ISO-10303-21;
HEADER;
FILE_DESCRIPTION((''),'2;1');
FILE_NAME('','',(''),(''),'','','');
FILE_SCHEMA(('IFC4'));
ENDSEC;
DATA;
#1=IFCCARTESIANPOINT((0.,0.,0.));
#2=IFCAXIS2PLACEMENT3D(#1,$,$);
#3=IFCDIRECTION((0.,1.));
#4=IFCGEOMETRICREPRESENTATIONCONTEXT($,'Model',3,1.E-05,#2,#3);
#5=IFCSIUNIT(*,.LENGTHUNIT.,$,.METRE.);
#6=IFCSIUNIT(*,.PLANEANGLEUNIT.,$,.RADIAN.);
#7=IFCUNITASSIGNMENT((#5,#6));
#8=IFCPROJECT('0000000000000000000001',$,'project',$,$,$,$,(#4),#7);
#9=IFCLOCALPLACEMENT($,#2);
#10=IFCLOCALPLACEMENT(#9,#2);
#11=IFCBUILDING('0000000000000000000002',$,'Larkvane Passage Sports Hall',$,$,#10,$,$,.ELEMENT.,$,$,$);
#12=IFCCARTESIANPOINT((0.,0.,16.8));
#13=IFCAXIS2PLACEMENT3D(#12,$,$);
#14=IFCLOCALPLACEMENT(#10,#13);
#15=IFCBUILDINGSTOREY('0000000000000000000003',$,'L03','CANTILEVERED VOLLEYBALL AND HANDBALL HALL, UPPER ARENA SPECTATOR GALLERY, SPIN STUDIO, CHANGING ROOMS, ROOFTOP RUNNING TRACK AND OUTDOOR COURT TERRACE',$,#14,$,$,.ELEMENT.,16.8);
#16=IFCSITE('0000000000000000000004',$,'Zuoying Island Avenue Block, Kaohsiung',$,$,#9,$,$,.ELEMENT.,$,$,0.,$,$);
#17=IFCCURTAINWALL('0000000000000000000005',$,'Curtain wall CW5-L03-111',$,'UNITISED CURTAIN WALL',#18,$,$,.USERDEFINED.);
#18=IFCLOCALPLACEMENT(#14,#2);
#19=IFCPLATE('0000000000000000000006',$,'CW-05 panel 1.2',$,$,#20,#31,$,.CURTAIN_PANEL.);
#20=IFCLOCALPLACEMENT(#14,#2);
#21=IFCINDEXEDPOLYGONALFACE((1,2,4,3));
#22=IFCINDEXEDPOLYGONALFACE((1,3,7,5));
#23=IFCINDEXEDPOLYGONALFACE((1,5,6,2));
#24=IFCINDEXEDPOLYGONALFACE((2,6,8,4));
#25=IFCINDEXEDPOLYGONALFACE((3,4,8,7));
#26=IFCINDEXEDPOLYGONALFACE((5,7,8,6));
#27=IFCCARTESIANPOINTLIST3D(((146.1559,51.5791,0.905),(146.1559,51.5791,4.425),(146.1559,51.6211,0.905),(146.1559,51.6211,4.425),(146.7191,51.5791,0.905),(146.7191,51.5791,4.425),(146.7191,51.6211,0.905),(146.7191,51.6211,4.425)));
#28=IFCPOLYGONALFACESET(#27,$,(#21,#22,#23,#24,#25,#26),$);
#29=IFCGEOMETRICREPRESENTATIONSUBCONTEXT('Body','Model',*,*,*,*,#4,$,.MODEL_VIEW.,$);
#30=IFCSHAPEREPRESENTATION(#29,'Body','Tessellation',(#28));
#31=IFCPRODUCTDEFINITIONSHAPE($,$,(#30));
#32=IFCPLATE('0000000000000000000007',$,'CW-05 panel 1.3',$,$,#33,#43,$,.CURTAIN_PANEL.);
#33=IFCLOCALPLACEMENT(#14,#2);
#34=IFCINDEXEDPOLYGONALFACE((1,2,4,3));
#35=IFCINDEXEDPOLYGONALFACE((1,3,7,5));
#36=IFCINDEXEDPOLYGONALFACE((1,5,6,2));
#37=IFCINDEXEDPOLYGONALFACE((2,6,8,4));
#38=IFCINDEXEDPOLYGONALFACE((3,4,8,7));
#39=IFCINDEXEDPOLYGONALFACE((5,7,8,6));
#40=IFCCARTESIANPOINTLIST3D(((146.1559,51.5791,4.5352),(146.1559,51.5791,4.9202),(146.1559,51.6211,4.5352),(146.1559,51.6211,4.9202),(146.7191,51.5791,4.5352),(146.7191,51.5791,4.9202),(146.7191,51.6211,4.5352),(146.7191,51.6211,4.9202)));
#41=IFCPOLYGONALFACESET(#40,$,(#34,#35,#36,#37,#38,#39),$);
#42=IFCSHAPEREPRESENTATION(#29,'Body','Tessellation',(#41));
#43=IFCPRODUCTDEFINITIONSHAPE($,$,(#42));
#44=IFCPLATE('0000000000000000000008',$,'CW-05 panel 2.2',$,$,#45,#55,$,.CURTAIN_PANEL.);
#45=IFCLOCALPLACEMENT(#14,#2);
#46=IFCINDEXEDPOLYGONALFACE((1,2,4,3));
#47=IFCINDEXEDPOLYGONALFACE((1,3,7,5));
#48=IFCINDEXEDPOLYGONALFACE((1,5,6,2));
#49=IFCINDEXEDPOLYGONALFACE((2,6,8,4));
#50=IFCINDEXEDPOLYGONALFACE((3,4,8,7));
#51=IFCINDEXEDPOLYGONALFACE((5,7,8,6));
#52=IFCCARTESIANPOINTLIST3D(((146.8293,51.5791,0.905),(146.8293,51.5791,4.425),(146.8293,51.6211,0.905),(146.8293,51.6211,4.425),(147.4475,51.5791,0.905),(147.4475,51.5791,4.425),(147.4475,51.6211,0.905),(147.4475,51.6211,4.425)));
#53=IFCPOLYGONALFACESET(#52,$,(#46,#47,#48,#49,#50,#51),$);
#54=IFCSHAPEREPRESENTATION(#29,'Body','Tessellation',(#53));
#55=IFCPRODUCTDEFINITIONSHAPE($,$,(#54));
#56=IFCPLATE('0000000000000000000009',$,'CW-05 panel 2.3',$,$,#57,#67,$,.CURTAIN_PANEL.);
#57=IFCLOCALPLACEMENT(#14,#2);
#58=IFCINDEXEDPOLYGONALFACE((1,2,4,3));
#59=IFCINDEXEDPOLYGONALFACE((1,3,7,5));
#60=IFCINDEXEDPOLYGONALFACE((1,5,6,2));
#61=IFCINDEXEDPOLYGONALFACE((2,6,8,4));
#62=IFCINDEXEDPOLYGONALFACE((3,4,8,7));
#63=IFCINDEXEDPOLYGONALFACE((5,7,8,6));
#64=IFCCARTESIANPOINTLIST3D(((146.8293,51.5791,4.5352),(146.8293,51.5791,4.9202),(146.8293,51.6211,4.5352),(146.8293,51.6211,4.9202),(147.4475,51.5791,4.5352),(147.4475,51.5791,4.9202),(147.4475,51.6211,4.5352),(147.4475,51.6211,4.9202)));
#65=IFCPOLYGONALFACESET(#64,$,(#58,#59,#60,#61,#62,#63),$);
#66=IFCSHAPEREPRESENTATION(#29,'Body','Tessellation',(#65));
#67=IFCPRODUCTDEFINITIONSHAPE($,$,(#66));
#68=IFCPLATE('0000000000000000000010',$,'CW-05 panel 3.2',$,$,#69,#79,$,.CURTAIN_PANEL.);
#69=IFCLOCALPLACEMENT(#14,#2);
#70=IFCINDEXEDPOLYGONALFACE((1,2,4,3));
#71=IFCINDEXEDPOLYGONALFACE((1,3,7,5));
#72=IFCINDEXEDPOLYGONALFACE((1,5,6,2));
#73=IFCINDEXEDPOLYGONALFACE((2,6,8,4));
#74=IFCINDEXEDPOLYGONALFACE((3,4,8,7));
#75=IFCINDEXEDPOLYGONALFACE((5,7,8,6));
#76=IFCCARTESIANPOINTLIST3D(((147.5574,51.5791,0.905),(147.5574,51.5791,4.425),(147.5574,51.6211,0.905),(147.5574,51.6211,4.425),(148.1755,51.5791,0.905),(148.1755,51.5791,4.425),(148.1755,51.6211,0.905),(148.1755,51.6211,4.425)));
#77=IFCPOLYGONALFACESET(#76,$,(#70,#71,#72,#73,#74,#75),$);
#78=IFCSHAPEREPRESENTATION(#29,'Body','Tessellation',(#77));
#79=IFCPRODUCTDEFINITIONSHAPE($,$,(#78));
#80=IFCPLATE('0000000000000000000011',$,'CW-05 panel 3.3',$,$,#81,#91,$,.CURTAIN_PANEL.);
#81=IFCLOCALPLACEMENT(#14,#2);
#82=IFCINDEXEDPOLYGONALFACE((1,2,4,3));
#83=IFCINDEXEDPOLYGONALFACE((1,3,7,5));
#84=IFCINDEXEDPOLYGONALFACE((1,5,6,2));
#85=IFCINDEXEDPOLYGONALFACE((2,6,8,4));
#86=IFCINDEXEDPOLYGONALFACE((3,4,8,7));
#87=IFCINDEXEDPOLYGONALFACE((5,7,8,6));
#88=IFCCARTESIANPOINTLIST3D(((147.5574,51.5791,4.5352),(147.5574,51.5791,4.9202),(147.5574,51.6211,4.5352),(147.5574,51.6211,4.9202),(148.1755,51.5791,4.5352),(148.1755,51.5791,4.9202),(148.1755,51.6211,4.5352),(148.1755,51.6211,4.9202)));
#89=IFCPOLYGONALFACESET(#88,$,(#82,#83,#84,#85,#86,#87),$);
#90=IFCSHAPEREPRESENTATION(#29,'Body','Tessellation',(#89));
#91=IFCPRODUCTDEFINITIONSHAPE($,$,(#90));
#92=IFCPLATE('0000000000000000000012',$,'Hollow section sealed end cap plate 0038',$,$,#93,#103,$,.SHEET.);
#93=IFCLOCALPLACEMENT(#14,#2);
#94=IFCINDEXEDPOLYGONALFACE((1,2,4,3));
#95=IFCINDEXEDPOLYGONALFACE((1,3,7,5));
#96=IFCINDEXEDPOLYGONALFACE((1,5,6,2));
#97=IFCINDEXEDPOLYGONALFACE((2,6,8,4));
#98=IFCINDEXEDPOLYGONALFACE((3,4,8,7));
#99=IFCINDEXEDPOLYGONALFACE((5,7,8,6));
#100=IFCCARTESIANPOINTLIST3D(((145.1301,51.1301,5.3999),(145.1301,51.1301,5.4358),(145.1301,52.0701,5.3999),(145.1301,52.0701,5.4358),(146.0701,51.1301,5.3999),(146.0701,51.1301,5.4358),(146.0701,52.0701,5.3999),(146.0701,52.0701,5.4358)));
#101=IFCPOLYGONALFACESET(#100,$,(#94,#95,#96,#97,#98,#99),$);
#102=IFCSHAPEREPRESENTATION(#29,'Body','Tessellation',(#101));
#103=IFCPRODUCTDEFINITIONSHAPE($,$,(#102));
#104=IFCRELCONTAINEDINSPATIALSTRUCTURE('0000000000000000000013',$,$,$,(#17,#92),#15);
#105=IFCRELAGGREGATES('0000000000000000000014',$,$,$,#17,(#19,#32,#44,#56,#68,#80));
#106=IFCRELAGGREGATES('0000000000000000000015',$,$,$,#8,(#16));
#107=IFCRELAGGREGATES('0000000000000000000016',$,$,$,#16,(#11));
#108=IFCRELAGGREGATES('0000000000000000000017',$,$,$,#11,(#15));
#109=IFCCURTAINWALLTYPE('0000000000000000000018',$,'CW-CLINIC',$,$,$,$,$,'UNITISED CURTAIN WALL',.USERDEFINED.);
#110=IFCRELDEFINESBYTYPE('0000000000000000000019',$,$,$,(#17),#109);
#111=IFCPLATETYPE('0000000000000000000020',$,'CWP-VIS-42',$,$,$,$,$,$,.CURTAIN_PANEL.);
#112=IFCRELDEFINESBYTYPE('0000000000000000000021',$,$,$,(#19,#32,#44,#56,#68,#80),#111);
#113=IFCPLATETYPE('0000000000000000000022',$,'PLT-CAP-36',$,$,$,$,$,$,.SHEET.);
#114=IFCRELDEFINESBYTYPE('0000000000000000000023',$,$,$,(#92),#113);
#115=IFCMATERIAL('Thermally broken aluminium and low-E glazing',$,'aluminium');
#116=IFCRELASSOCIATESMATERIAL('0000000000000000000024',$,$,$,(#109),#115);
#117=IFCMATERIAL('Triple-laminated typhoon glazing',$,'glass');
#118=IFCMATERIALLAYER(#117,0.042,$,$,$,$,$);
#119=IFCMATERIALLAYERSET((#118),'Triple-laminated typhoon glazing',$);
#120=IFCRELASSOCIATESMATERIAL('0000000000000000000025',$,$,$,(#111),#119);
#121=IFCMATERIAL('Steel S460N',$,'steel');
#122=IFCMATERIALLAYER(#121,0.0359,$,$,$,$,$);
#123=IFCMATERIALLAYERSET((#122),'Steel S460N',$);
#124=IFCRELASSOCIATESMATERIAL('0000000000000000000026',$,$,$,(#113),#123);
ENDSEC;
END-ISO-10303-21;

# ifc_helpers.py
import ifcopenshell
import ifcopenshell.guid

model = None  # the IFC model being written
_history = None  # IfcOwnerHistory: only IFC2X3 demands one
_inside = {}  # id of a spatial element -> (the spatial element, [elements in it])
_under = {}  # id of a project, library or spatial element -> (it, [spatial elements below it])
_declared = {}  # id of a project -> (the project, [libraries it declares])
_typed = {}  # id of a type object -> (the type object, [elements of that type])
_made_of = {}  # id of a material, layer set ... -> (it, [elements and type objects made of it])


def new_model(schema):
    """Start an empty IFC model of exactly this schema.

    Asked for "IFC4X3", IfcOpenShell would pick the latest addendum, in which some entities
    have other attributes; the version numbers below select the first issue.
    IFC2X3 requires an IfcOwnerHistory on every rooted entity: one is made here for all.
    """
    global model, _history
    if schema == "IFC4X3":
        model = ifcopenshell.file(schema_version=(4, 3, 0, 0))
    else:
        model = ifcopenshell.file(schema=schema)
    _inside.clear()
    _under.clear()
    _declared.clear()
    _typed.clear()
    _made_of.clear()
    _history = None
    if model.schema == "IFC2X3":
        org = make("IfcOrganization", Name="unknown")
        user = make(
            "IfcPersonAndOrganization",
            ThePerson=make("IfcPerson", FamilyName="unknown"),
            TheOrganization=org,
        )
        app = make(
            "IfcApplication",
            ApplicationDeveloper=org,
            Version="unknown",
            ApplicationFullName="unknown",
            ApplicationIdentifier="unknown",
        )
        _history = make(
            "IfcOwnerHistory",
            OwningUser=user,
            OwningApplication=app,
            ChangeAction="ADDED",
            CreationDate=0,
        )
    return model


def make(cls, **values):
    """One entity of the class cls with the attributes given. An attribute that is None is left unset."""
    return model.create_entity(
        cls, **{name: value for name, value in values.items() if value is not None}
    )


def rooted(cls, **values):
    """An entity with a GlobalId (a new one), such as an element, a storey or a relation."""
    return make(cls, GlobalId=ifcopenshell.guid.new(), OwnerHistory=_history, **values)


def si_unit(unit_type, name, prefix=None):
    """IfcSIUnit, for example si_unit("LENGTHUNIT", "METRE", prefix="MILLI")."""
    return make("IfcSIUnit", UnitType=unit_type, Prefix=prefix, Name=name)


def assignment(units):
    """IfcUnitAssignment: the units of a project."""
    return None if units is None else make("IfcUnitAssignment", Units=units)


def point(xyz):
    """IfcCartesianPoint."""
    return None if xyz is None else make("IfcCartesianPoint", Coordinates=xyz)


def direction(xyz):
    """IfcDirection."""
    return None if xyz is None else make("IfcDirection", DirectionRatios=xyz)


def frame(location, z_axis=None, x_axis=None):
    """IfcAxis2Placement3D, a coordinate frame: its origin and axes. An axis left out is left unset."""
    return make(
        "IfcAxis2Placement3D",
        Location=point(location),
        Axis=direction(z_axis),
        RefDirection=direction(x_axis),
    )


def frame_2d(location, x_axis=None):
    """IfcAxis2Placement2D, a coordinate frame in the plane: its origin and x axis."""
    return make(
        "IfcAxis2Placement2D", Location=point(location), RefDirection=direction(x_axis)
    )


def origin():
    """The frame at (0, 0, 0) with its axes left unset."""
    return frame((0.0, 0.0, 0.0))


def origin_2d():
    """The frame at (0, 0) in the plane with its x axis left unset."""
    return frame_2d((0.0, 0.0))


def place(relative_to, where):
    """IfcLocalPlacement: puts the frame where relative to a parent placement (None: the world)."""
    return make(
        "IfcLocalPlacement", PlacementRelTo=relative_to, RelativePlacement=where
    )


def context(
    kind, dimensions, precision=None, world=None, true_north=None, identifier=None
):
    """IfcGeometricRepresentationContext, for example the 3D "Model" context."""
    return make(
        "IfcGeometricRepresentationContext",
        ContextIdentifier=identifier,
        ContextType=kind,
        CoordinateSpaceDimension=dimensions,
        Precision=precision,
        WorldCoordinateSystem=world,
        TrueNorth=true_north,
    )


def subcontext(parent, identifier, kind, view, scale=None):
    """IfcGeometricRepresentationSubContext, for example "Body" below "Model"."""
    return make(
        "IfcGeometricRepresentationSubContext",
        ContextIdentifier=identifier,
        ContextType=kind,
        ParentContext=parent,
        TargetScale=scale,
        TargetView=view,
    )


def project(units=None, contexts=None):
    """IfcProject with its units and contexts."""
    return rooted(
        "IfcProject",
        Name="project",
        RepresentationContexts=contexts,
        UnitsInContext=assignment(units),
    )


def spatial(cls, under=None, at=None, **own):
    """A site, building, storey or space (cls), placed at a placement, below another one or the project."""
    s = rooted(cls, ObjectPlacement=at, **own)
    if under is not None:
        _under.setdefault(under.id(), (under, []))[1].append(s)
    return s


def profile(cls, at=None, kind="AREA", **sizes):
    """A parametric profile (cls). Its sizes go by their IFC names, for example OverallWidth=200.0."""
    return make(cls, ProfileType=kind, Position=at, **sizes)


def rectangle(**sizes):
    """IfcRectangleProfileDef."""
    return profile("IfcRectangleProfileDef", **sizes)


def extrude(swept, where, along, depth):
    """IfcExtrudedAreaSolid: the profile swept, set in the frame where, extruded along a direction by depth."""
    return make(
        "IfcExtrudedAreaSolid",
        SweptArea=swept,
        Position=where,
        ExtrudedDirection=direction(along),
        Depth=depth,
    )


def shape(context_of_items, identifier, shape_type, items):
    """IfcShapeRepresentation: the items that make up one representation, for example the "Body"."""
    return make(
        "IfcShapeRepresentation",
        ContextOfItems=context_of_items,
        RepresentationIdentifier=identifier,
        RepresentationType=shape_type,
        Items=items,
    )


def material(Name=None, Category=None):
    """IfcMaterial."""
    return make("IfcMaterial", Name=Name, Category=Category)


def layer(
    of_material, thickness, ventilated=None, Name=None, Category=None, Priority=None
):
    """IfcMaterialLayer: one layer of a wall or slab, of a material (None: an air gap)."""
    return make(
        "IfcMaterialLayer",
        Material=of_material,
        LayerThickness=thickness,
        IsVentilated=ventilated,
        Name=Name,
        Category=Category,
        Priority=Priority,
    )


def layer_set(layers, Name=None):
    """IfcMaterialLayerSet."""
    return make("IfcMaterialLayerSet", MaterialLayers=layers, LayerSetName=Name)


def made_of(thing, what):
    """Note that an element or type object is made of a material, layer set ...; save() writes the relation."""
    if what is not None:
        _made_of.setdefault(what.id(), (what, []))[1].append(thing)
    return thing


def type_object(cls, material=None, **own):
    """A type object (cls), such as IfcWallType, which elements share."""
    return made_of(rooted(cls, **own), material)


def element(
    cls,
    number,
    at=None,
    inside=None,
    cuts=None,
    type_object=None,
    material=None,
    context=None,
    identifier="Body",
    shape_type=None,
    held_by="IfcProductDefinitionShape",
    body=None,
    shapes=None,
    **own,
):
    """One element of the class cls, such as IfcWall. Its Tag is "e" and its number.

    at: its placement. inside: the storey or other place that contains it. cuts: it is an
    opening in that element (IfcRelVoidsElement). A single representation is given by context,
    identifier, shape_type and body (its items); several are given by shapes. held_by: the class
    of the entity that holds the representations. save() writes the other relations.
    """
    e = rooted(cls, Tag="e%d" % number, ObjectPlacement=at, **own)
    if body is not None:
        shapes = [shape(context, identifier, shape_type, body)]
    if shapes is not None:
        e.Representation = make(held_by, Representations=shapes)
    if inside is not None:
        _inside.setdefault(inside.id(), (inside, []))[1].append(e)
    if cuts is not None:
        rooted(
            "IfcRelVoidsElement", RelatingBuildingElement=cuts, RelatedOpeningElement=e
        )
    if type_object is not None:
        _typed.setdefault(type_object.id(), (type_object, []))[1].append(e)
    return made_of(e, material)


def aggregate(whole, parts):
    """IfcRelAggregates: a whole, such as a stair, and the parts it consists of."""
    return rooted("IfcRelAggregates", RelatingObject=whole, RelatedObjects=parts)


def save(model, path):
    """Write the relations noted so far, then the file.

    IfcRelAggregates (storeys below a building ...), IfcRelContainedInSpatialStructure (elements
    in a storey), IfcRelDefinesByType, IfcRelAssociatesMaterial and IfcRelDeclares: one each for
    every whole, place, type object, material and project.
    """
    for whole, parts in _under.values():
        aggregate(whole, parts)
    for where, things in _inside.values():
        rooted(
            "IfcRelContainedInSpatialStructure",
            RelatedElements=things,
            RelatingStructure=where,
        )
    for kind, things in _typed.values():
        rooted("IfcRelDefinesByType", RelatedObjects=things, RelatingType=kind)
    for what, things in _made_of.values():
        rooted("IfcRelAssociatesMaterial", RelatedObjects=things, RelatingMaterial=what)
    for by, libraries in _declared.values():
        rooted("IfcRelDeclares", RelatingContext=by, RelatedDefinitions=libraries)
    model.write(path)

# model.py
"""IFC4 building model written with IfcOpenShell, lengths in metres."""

from ifc_helpers import new_model, si_unit, direction, frame, origin, origin_2d, place, context, subcontext, project, spatial, rectangle, extrude, material, layer, layer_set, type_object, element, aggregate, save


model = new_model("IFC4")

# Units and contexts
model_context = context("Model", 3, precision=1e-05, world=origin(), true_north=direction((0.0, 1.0)))
body_context = subcontext(model_context, "Body", "Model", "MODEL_VIEW")
ifc_project = project(units=[si_unit("LENGTHUNIT", "METRE"), si_unit("PLANEANGLEUNIT", "RADIAN")], contexts=[model_context])

# Site, building, storey
site_placement = place(None, origin())
site = spatial("IfcSite", under=ifc_project, at=site_placement, Name="Zuoying Island Avenue Block, Kaohsiung", CompositionType="ELEMENT", RefElevation=0.0)
building_placement = place(site_placement, origin())
building = spatial("IfcBuilding", under=site, at=building_placement, Name="Larkvane Passage Sports Hall", CompositionType="ELEMENT")
storey_placement = place(building_placement, frame((0.0, 0.0, 16.8)))
storey = spatial("IfcBuildingStorey", under=building, at=storey_placement, Name="L03", Description="CANTILEVERED VOLLEYBALL AND HANDBALL HALL, UPPER ARENA SPECTATOR GALLERY, SPIN STUDIO, CHANGING ROOMS, ROOFTOP RUNNING TRACK AND OUTDOOR COURT TERRACE", CompositionType="ELEMENT", Elevation=16.8)

# Shared definitions
ifc_material_1 = material(Name="Steel S460N", Category="steel")

# Curtain wall, plates
ifc_material_2 = material(Name="Thermally broken aluminium and low-E glazing", Category="aluminium")
curtain_wall_type = type_object("IfcCurtainWallType", Name="CW-CLINIC", ElementType="UNITISED CURTAIN WALL", PredefinedType="USERDEFINED", material=ifc_material_2)
curtain_wall_placement = place(storey_placement, origin())
curtain_wall = element("IfcCurtainWall", 1, at=curtain_wall_placement, inside=storey, type_object=curtain_wall_type, Name="Curtain wall CW5-L03-111", ObjectType="UNITISED CURTAIN WALL", PredefinedType="USERDEFINED")
ifc_material_3 = material(Name="Triple-laminated typhoon glazing", Category="glass")
ifc_layer_1 = layer(ifc_material_3, 0.042)
ifc_layer_set_1 = layer_set([ifc_layer_1], Name="Triple-laminated typhoon glazing")
plate_type_1 = type_object("IfcPlateType", Name="CWP-VIS-42", PredefinedType="CURTAIN_PANEL", material=ifc_layer_set_1)
plate_1_placement = place(storey_placement, frame((146.4375, 51.6001, 0.905), z_axis=(0.0, 0.0, 1.0), x_axis=(1.0, 0.0, 0.0)))
plate_1 = element("IfcPlate", 2, at=plate_1_placement, type_object=plate_type_1, Name="CW-05 panel 1.2", PredefinedType="CURTAIN_PANEL", context=body_context, shape_type="SweptSolid", body=[
    extrude(rectangle(XDim=0.5632, YDim=0.042, at=origin_2d()), origin(), (0.0, 0.0, 1.0), 3.52),
])
plate_2_placement = place(storey_placement, frame((146.4375, 51.6001, 4.5352), z_axis=(0.0, 0.0, 1.0), x_axis=(1.0, 0.0, 0.0)))
plate_2 = element("IfcPlate", 3, at=plate_2_placement, type_object=plate_type_1, Name="CW-05 panel 1.3", PredefinedType="CURTAIN_PANEL", context=body_context, shape_type="SweptSolid", body=[
    extrude(rectangle(XDim=0.5632, YDim=0.042, at=origin_2d()), origin(), (0.0, 0.0, 1.0), 0.385),
])
plate_3_placement = place(storey_placement, frame((147.1384, 51.6001, 0.905), z_axis=(0.0, 0.0, 1.0), x_axis=(1.0, 0.0, 0.0)))
plate_3 = element("IfcPlate", 4, at=plate_3_placement, type_object=plate_type_1, Name="CW-05 panel 2.2", PredefinedType="CURTAIN_PANEL", context=body_context, shape_type="SweptSolid", body=[
    extrude(rectangle(XDim=0.6182, YDim=0.042, at=origin_2d()), origin(), (0.0, 0.0, 1.0), 3.52),
])
plate_4_placement = place(storey_placement, frame((147.1384, 51.6001, 4.5352), z_axis=(0.0, 0.0, 1.0), x_axis=(1.0, 0.0, 0.0)))
plate_4 = element("IfcPlate", 5, at=plate_4_placement, type_object=plate_type_1, Name="CW-05 panel 2.3", PredefinedType="CURTAIN_PANEL", context=body_context, shape_type="SweptSolid", body=[
    extrude(rectangle(XDim=0.6182, YDim=0.042, at=origin_2d()), origin(), (0.0, 0.0, 1.0), 0.385),
])
plate_5_placement = place(storey_placement, frame((147.8665, 51.6001, 0.905), z_axis=(0.0, 0.0, 1.0), x_axis=(1.0, 0.0, 0.0)))
plate_5 = element("IfcPlate", 6, at=plate_5_placement, type_object=plate_type_1, Name="CW-05 panel 3.2", PredefinedType="CURTAIN_PANEL", context=body_context, shape_type="SweptSolid", body=[
    extrude(rectangle(XDim=0.6182, YDim=0.042, at=origin_2d()), origin(), (0.0, 0.0, 1.0), 3.52),
])
plate_6_placement = place(storey_placement, frame((147.8665, 51.6001, 4.5352), z_axis=(0.0, 0.0, 1.0), x_axis=(1.0, 0.0, 0.0)))
plate_6 = element("IfcPlate", 7, at=plate_6_placement, type_object=plate_type_1, Name="CW-05 panel 3.3", PredefinedType="CURTAIN_PANEL", context=body_context, shape_type="SweptSolid", body=[
    extrude(rectangle(XDim=0.6182, YDim=0.042, at=origin_2d()), origin(), (0.0, 0.0, 1.0), 0.385),
])
aggregate(curtain_wall, [plate_1, plate_2, plate_3, plate_4, plate_5, plate_6])

# Plate
ifc_layer_2 = layer(ifc_material_1, 0.0359)
ifc_layer_set_2 = layer_set([ifc_layer_2], Name="Steel S460N")
plate_type_2 = type_object("IfcPlateType", Name="PLT-CAP-36", PredefinedType="SHEET", material=ifc_layer_set_2)
plate_7_placement = place(storey_placement, frame((145.6001, 51.6001, 5.3999), z_axis=(0.0, 0.0, 1.0), x_axis=(1.0, 0.0, 0.0)))
element("IfcPlate", 8, at=plate_7_placement, inside=storey, type_object=plate_type_2, Name="Hollow section sealed end cap plate 0038", PredefinedType="SHEET", context=body_context, shape_type="SweptSolid", body=[
    extrude(rectangle(XDim=0.9399, YDim=0.9399, at=origin_2d()), origin(), (0.0, 0.0, 1.0), 0.0359),
])

save(model, "model.ifc")
